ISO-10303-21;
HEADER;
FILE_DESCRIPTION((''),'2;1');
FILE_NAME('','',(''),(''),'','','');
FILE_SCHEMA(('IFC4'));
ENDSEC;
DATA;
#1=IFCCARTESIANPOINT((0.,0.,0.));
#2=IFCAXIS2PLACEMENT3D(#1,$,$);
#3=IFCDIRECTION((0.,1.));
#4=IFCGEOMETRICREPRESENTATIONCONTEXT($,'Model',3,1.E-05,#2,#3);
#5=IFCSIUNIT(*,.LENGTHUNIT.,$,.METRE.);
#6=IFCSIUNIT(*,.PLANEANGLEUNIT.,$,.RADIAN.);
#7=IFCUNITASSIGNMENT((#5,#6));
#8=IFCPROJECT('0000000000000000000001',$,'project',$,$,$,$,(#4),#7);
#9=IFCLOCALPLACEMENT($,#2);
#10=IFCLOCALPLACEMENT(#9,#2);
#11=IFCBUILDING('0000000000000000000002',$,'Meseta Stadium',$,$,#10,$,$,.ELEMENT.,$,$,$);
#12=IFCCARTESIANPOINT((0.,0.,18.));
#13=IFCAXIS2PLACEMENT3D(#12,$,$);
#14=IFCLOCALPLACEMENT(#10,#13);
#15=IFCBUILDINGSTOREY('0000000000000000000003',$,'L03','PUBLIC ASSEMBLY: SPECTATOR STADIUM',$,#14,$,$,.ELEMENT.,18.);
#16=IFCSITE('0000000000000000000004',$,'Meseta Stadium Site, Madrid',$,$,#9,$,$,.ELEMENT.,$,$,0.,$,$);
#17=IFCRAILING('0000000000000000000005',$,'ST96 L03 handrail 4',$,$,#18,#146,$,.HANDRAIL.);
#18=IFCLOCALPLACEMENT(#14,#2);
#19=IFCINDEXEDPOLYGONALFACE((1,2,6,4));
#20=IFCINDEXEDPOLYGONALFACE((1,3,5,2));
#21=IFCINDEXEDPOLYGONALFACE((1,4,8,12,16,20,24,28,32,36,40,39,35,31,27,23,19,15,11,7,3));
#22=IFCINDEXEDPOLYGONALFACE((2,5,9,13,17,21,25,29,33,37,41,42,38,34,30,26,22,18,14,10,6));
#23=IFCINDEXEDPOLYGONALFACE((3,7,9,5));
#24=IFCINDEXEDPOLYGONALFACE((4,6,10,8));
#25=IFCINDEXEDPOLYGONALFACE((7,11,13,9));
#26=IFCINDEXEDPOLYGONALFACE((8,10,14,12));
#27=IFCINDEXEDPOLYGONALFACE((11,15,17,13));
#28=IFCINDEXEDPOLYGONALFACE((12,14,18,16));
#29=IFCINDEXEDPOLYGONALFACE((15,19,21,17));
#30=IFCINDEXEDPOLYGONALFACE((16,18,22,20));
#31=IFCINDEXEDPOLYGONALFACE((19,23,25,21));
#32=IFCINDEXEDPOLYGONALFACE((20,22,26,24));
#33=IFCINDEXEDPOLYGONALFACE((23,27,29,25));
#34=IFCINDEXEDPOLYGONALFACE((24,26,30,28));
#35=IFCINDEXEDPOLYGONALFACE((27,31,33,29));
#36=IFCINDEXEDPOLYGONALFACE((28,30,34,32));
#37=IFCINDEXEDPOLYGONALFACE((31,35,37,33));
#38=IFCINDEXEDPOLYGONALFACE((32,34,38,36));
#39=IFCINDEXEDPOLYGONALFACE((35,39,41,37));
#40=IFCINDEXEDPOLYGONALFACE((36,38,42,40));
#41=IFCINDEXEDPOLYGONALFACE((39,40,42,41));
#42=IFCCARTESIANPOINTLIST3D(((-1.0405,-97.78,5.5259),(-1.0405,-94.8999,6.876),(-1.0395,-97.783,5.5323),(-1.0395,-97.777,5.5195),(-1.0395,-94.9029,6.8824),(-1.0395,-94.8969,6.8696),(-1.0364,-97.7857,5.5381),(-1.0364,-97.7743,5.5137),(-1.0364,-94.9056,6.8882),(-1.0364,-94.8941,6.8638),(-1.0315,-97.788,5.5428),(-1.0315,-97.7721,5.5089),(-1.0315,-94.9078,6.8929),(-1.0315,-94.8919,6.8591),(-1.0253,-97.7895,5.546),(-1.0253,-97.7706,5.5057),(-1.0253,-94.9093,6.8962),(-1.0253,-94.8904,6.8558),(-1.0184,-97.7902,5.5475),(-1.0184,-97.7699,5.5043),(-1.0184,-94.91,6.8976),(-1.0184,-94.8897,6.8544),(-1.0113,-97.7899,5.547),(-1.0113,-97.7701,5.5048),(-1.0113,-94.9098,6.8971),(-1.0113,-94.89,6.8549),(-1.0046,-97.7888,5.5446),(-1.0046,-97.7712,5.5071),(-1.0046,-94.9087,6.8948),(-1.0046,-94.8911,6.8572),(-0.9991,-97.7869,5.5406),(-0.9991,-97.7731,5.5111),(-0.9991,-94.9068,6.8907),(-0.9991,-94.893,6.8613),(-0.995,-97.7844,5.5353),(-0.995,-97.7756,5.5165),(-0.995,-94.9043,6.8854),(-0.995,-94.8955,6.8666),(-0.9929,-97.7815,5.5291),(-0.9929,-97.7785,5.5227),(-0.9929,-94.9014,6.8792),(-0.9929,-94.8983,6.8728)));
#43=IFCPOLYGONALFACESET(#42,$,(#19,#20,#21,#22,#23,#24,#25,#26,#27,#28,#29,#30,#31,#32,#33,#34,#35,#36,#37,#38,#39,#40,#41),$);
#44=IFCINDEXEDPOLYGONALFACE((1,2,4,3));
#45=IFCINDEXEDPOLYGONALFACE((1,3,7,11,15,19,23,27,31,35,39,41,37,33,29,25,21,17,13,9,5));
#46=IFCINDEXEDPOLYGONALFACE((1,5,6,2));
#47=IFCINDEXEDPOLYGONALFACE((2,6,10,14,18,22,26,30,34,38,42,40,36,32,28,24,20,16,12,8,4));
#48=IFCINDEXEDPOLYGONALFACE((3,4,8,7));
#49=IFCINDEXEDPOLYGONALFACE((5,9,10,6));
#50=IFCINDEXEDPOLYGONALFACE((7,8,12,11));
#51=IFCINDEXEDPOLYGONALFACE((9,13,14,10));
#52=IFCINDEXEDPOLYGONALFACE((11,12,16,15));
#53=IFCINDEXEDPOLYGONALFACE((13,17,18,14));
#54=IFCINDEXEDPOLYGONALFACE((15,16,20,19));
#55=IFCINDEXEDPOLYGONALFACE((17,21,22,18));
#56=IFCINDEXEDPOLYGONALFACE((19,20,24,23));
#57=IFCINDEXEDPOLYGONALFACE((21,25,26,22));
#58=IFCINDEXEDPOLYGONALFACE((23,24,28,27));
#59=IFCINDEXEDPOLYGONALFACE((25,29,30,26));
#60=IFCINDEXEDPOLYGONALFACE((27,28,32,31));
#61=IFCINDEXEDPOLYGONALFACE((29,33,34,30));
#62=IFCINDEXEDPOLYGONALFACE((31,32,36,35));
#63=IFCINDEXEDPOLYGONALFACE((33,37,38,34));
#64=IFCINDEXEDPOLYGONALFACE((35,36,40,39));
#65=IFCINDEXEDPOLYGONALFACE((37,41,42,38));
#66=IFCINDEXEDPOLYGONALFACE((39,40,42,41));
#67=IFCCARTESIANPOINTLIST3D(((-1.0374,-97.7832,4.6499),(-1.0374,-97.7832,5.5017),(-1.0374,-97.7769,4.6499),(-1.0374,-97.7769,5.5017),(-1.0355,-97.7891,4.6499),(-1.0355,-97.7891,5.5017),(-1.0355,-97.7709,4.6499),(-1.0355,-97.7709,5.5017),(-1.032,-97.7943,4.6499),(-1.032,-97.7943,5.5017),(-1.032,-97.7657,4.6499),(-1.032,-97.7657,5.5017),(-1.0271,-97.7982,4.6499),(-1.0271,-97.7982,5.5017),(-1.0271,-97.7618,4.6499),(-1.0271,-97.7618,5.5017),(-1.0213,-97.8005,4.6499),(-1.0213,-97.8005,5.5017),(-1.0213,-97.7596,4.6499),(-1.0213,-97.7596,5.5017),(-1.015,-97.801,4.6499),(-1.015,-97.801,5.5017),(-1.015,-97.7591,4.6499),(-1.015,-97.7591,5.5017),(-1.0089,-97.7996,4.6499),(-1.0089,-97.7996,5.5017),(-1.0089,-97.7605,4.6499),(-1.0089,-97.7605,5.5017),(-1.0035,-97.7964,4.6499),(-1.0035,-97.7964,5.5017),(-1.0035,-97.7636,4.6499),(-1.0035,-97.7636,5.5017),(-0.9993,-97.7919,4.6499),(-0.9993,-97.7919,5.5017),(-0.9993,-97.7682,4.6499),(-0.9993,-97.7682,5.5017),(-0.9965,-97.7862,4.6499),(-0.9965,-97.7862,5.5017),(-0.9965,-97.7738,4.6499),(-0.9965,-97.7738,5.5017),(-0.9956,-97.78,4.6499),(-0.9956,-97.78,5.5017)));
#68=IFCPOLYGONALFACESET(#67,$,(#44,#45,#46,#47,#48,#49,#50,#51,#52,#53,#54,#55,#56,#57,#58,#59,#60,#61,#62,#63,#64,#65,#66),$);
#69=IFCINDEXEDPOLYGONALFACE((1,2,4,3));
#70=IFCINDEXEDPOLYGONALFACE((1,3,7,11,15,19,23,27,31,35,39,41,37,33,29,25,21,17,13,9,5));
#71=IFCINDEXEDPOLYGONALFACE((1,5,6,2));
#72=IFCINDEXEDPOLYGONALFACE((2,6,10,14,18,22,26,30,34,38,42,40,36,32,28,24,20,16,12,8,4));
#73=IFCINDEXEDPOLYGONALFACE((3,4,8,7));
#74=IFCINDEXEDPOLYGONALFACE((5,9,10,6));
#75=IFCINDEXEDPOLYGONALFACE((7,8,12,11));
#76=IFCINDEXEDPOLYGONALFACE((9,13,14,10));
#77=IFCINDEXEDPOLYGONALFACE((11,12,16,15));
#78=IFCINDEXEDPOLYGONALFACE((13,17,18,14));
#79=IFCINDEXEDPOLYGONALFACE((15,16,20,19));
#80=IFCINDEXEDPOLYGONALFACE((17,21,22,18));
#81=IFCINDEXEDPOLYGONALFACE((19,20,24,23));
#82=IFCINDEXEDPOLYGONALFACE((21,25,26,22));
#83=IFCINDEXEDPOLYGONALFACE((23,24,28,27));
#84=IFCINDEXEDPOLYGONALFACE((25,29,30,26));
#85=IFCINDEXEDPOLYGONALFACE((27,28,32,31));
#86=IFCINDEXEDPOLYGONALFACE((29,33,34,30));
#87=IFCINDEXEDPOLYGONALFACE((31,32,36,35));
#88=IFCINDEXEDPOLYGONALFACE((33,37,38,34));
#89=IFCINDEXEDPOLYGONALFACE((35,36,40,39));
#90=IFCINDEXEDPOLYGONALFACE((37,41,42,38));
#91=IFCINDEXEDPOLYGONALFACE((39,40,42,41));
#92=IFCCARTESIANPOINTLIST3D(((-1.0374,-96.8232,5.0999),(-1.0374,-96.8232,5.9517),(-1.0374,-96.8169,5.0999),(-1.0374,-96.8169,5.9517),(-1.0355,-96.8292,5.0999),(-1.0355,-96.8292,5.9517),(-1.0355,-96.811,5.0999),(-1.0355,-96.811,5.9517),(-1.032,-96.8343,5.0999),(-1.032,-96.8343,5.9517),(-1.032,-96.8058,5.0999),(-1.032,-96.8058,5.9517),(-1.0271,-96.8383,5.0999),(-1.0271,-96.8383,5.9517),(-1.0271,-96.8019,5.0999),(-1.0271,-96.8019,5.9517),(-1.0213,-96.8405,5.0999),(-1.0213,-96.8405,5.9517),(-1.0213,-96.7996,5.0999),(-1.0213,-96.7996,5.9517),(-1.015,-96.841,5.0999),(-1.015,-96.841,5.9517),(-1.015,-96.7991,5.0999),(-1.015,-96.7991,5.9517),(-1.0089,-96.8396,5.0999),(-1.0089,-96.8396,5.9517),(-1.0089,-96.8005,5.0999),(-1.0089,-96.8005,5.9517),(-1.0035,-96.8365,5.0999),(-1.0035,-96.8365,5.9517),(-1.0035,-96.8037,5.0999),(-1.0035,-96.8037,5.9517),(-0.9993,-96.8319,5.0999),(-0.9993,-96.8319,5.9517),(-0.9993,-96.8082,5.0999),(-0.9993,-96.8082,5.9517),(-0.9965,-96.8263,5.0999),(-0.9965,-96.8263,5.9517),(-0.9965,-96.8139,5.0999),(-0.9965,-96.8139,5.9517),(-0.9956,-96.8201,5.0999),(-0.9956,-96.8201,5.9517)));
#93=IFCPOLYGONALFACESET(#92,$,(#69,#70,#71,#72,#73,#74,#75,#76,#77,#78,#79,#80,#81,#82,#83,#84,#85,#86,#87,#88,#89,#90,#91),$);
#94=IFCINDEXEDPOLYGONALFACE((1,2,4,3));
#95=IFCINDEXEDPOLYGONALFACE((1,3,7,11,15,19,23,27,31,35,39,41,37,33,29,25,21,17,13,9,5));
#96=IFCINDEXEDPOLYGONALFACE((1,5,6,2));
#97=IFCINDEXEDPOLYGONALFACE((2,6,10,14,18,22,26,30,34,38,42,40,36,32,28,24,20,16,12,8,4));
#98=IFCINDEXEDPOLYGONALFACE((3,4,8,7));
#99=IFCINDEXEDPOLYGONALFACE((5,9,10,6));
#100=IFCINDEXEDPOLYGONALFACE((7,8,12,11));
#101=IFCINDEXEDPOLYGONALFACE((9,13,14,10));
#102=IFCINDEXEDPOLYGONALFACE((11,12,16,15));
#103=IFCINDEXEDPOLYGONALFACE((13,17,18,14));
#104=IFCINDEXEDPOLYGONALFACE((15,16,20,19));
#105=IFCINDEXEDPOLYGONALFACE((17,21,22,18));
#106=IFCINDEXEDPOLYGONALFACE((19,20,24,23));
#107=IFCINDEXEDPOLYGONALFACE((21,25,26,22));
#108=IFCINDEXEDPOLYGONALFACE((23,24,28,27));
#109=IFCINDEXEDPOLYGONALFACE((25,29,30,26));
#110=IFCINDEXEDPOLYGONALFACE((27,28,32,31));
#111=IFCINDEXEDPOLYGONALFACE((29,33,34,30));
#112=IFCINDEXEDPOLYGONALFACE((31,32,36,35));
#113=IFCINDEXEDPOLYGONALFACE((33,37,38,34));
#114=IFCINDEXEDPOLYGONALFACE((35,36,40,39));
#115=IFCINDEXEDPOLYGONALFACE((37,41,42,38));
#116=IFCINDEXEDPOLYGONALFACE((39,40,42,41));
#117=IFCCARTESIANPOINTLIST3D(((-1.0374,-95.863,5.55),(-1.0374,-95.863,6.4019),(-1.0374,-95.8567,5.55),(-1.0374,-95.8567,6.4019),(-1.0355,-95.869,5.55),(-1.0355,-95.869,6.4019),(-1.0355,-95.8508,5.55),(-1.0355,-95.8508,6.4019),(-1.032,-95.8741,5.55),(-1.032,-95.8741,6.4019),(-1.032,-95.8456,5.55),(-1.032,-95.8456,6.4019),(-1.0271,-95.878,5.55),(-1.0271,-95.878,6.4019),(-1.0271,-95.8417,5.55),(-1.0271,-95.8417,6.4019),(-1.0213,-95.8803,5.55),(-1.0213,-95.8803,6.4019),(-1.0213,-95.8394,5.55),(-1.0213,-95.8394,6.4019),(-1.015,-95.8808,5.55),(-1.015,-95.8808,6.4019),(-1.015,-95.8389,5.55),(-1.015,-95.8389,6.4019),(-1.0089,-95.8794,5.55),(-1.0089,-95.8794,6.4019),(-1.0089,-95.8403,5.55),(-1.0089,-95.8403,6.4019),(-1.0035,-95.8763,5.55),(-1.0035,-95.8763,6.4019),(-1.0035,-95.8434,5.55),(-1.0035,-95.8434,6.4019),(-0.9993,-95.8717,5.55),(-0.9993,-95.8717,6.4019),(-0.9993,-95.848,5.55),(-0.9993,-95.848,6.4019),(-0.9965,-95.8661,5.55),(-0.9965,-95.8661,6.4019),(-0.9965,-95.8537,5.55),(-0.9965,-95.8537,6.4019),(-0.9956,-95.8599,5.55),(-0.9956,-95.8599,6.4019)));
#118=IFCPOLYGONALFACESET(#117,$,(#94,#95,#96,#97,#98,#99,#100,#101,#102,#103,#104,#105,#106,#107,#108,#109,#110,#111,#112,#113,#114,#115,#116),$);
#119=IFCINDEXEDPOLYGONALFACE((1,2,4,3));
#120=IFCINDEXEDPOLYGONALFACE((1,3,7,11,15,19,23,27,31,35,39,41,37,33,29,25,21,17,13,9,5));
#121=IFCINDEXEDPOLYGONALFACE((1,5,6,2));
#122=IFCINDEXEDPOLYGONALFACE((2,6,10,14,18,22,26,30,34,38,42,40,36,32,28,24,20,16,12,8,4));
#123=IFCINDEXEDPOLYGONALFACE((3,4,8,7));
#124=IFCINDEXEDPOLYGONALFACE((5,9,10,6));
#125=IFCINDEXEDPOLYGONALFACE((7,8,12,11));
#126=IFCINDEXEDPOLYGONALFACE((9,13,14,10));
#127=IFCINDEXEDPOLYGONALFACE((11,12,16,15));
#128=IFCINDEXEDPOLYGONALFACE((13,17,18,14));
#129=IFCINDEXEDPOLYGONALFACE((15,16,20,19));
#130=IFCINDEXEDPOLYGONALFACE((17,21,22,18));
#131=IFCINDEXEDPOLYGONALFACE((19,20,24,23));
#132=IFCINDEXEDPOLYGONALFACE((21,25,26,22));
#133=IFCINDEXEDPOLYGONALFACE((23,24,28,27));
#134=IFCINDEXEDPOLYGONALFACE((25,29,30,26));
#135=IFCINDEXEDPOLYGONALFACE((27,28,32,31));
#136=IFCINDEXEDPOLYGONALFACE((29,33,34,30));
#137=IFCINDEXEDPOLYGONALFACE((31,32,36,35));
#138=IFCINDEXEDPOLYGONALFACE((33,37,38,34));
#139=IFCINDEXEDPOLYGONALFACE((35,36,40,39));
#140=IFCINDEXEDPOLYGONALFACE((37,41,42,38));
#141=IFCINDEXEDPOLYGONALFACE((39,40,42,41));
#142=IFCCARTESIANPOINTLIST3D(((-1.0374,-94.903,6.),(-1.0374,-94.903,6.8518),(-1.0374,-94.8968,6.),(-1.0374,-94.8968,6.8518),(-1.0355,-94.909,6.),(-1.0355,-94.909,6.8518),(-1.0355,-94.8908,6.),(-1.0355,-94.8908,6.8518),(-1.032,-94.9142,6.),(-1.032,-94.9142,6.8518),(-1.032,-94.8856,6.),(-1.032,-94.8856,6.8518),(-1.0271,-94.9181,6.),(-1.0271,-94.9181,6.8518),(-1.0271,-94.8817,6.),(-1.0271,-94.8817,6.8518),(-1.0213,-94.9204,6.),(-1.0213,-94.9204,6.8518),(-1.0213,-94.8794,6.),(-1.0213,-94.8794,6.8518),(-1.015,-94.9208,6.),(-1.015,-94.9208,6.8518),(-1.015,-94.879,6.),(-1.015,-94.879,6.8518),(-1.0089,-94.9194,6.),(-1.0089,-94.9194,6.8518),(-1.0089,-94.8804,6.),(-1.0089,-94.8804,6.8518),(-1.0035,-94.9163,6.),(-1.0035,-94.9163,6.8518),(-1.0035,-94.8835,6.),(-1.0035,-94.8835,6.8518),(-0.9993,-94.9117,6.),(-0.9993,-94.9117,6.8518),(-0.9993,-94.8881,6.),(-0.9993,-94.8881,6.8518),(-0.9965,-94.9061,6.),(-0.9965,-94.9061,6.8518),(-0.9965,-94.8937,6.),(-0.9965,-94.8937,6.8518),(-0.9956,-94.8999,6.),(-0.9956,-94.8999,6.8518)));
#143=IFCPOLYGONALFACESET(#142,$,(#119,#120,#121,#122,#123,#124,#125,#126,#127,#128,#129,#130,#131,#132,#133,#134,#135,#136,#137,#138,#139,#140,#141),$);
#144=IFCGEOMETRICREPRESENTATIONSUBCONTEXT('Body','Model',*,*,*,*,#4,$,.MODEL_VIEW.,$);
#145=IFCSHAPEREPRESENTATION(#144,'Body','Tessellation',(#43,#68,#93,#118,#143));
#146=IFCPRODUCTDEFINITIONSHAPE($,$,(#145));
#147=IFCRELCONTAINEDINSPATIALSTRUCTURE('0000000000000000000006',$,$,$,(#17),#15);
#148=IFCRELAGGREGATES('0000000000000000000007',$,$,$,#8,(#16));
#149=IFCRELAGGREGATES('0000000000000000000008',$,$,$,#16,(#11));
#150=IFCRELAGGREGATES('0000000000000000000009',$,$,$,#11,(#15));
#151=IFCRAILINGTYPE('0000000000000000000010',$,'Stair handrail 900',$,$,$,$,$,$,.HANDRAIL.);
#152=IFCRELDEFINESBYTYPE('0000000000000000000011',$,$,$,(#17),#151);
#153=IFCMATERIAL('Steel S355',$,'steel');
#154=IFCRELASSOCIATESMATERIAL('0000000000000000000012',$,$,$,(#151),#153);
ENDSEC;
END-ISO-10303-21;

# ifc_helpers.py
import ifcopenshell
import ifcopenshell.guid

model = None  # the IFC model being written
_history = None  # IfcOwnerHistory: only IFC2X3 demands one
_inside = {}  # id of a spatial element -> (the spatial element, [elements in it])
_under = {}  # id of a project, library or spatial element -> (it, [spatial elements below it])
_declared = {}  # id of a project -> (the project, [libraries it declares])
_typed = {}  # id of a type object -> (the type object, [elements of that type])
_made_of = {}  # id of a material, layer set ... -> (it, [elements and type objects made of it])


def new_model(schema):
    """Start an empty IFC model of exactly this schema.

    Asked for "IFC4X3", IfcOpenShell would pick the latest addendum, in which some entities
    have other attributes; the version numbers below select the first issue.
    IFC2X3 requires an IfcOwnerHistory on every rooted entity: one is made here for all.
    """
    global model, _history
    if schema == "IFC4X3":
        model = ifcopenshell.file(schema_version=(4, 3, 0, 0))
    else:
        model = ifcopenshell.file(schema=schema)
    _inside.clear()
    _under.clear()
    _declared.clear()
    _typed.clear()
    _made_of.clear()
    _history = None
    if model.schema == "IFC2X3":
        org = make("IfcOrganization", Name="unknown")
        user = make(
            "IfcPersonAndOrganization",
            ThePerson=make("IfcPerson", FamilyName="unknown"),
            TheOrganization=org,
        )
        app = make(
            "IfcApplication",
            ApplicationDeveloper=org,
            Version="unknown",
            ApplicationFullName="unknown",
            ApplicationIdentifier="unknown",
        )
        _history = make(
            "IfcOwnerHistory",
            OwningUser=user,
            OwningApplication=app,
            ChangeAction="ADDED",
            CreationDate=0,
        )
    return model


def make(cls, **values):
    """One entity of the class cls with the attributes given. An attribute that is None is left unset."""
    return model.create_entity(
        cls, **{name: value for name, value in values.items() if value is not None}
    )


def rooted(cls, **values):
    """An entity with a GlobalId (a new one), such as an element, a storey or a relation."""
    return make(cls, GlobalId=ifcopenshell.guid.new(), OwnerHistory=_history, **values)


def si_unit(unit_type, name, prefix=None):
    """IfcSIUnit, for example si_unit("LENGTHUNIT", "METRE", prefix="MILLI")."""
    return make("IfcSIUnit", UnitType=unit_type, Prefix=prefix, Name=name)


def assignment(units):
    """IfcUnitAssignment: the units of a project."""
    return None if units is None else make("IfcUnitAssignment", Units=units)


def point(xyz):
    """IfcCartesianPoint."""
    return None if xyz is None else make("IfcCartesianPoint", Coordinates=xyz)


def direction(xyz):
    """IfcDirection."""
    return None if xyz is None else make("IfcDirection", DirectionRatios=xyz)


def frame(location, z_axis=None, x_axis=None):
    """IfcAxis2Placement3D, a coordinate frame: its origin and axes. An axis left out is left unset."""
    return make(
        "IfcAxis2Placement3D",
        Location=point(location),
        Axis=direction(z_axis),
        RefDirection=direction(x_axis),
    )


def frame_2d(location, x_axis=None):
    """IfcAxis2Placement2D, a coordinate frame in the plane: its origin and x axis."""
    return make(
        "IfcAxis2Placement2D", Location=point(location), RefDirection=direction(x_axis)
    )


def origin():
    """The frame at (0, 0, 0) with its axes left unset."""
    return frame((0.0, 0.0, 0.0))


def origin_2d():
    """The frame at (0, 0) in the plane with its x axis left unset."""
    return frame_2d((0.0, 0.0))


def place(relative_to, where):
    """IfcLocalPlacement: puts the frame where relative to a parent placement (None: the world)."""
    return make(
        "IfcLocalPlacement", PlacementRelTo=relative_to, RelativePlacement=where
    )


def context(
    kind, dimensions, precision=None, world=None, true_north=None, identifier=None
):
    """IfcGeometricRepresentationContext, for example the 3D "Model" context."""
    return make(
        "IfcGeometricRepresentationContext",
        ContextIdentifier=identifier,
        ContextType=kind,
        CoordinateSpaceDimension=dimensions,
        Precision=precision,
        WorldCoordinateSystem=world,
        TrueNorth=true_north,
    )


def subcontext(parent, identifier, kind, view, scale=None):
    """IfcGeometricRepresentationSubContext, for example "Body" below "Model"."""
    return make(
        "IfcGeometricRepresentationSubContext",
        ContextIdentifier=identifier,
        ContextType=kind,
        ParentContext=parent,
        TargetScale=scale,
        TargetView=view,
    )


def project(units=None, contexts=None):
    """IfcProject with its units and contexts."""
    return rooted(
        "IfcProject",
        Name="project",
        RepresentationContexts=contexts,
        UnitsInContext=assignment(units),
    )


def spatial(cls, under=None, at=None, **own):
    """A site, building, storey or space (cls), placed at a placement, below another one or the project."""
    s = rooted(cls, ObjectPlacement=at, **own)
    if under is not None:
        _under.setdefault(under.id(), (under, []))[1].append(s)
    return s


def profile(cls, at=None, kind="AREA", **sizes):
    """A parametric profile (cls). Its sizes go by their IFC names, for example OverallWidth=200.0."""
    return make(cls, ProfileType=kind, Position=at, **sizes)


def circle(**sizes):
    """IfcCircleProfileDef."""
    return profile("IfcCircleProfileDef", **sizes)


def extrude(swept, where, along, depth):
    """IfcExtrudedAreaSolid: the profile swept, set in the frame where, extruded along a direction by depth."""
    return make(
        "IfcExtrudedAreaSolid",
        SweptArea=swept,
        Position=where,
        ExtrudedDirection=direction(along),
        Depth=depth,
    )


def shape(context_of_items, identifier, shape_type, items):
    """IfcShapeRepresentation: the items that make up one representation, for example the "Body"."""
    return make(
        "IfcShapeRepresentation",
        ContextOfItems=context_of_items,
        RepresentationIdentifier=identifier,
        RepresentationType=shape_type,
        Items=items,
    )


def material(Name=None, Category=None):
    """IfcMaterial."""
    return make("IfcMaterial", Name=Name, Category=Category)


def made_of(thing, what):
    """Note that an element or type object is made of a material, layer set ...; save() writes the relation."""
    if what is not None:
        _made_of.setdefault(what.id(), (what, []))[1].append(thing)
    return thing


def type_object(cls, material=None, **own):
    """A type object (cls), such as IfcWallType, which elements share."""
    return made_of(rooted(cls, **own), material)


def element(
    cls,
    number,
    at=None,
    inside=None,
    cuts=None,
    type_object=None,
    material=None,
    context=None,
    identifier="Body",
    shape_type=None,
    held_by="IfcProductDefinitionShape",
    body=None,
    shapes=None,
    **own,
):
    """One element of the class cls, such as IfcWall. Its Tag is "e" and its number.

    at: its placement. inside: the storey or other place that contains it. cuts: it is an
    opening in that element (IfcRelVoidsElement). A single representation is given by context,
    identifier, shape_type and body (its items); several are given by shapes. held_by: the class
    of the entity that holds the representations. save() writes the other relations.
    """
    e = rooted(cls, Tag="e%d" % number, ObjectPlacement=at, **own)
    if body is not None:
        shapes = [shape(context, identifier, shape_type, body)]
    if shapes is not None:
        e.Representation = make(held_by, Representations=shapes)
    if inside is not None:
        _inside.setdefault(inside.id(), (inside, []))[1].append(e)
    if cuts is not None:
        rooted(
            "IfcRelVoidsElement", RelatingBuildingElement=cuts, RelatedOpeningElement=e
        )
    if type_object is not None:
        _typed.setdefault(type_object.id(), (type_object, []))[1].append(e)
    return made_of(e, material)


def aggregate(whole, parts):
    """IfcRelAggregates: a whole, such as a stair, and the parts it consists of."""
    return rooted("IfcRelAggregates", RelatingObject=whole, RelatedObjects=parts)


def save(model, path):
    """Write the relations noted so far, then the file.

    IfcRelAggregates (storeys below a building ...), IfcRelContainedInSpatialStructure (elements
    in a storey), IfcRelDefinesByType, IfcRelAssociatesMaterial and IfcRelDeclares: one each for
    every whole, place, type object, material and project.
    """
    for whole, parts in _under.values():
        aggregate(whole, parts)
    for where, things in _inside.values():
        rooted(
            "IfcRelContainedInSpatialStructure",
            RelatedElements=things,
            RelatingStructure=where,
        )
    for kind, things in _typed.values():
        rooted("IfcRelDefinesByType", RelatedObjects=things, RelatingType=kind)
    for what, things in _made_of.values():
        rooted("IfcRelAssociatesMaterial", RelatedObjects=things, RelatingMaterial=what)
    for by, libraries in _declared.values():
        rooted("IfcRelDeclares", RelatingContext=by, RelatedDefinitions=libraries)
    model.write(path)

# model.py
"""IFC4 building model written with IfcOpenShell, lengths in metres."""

from ifc_helpers import new_model, si_unit, direction, frame, origin, origin_2d, place, context, subcontext, project, spatial, circle, extrude, material, type_object, element, save


model = new_model("IFC4")

# Units and contexts
model_context = context("Model", 3, precision=1e-05, world=origin(), true_north=direction((0.0, 1.0)))
body_context = subcontext(model_context, "Body", "Model", "MODEL_VIEW")
ifc_project = project(units=[si_unit("LENGTHUNIT", "METRE"), si_unit("PLANEANGLEUNIT", "RADIAN")], contexts=[model_context])

# Site, building, storey
site_placement = place(None, origin())
site = spatial("IfcSite", under=ifc_project, at=site_placement, Name="Meseta Stadium Site, Madrid", CompositionType="ELEMENT", RefElevation=0.0)
building_placement = place(site_placement, origin())
building = spatial("IfcBuilding", under=site, at=building_placement, Name="Meseta Stadium", CompositionType="ELEMENT")
storey_placement = place(building_placement, frame((0.0, 0.0, 18.0)))
storey = spatial("IfcBuildingStorey", under=building, at=storey_placement, Name="L03", Description="PUBLIC ASSEMBLY: SPECTATOR STADIUM", CompositionType="ELEMENT", Elevation=18.0)

# Railing
ifc_material_1 = material(Name="Steel S355", Category="steel")
railing_type_1 = type_object("IfcRailingType", Name="Stair handrail 900", PredefinedType="HANDRAIL", material=ifc_material_1)
for number, where, name in (
    (1, (-1.0166, -97.78, 4.6499), "ST96 L03 handrail 4"),
):
    element("IfcRailing", number, at=place(storey_placement, frame(where)), inside=storey, type_object=railing_type_1, Name=name, PredefinedType="HANDRAIL", context=body_context, shape_type="SweptSolid", body=[
        extrude(circle(Radius=0.0239, at=origin_2d()), frame((0.0, 0.0, 0.876), z_axis=(0.0, 0.905454, 0.424444), x_axis=(-1.0, 0.0, 0.0)), (0.0, 0.0, 1.0), 3.1809),
        extrude(circle(Radius=0.021, at=origin_2d()), origin(), (0.0, 0.0, 1.0), 0.8518),
        extrude(circle(Radius=0.021, at=origin_2d()), frame((0.0, 0.96, 0.45)), (0.0, 0.0, 1.0), 0.8518),
        extrude(circle(Radius=0.021, at=origin_2d()), frame((0.0, 1.9202, 0.9001)), (0.0, 0.0, 1.0), 0.8518),
        extrude(circle(Radius=0.021, at=origin_2d()), frame((0.0, 2.8801, 1.3501)), (0.0, 0.0, 1.0), 0.8518),
    ])

save(model, "model.ifc")
